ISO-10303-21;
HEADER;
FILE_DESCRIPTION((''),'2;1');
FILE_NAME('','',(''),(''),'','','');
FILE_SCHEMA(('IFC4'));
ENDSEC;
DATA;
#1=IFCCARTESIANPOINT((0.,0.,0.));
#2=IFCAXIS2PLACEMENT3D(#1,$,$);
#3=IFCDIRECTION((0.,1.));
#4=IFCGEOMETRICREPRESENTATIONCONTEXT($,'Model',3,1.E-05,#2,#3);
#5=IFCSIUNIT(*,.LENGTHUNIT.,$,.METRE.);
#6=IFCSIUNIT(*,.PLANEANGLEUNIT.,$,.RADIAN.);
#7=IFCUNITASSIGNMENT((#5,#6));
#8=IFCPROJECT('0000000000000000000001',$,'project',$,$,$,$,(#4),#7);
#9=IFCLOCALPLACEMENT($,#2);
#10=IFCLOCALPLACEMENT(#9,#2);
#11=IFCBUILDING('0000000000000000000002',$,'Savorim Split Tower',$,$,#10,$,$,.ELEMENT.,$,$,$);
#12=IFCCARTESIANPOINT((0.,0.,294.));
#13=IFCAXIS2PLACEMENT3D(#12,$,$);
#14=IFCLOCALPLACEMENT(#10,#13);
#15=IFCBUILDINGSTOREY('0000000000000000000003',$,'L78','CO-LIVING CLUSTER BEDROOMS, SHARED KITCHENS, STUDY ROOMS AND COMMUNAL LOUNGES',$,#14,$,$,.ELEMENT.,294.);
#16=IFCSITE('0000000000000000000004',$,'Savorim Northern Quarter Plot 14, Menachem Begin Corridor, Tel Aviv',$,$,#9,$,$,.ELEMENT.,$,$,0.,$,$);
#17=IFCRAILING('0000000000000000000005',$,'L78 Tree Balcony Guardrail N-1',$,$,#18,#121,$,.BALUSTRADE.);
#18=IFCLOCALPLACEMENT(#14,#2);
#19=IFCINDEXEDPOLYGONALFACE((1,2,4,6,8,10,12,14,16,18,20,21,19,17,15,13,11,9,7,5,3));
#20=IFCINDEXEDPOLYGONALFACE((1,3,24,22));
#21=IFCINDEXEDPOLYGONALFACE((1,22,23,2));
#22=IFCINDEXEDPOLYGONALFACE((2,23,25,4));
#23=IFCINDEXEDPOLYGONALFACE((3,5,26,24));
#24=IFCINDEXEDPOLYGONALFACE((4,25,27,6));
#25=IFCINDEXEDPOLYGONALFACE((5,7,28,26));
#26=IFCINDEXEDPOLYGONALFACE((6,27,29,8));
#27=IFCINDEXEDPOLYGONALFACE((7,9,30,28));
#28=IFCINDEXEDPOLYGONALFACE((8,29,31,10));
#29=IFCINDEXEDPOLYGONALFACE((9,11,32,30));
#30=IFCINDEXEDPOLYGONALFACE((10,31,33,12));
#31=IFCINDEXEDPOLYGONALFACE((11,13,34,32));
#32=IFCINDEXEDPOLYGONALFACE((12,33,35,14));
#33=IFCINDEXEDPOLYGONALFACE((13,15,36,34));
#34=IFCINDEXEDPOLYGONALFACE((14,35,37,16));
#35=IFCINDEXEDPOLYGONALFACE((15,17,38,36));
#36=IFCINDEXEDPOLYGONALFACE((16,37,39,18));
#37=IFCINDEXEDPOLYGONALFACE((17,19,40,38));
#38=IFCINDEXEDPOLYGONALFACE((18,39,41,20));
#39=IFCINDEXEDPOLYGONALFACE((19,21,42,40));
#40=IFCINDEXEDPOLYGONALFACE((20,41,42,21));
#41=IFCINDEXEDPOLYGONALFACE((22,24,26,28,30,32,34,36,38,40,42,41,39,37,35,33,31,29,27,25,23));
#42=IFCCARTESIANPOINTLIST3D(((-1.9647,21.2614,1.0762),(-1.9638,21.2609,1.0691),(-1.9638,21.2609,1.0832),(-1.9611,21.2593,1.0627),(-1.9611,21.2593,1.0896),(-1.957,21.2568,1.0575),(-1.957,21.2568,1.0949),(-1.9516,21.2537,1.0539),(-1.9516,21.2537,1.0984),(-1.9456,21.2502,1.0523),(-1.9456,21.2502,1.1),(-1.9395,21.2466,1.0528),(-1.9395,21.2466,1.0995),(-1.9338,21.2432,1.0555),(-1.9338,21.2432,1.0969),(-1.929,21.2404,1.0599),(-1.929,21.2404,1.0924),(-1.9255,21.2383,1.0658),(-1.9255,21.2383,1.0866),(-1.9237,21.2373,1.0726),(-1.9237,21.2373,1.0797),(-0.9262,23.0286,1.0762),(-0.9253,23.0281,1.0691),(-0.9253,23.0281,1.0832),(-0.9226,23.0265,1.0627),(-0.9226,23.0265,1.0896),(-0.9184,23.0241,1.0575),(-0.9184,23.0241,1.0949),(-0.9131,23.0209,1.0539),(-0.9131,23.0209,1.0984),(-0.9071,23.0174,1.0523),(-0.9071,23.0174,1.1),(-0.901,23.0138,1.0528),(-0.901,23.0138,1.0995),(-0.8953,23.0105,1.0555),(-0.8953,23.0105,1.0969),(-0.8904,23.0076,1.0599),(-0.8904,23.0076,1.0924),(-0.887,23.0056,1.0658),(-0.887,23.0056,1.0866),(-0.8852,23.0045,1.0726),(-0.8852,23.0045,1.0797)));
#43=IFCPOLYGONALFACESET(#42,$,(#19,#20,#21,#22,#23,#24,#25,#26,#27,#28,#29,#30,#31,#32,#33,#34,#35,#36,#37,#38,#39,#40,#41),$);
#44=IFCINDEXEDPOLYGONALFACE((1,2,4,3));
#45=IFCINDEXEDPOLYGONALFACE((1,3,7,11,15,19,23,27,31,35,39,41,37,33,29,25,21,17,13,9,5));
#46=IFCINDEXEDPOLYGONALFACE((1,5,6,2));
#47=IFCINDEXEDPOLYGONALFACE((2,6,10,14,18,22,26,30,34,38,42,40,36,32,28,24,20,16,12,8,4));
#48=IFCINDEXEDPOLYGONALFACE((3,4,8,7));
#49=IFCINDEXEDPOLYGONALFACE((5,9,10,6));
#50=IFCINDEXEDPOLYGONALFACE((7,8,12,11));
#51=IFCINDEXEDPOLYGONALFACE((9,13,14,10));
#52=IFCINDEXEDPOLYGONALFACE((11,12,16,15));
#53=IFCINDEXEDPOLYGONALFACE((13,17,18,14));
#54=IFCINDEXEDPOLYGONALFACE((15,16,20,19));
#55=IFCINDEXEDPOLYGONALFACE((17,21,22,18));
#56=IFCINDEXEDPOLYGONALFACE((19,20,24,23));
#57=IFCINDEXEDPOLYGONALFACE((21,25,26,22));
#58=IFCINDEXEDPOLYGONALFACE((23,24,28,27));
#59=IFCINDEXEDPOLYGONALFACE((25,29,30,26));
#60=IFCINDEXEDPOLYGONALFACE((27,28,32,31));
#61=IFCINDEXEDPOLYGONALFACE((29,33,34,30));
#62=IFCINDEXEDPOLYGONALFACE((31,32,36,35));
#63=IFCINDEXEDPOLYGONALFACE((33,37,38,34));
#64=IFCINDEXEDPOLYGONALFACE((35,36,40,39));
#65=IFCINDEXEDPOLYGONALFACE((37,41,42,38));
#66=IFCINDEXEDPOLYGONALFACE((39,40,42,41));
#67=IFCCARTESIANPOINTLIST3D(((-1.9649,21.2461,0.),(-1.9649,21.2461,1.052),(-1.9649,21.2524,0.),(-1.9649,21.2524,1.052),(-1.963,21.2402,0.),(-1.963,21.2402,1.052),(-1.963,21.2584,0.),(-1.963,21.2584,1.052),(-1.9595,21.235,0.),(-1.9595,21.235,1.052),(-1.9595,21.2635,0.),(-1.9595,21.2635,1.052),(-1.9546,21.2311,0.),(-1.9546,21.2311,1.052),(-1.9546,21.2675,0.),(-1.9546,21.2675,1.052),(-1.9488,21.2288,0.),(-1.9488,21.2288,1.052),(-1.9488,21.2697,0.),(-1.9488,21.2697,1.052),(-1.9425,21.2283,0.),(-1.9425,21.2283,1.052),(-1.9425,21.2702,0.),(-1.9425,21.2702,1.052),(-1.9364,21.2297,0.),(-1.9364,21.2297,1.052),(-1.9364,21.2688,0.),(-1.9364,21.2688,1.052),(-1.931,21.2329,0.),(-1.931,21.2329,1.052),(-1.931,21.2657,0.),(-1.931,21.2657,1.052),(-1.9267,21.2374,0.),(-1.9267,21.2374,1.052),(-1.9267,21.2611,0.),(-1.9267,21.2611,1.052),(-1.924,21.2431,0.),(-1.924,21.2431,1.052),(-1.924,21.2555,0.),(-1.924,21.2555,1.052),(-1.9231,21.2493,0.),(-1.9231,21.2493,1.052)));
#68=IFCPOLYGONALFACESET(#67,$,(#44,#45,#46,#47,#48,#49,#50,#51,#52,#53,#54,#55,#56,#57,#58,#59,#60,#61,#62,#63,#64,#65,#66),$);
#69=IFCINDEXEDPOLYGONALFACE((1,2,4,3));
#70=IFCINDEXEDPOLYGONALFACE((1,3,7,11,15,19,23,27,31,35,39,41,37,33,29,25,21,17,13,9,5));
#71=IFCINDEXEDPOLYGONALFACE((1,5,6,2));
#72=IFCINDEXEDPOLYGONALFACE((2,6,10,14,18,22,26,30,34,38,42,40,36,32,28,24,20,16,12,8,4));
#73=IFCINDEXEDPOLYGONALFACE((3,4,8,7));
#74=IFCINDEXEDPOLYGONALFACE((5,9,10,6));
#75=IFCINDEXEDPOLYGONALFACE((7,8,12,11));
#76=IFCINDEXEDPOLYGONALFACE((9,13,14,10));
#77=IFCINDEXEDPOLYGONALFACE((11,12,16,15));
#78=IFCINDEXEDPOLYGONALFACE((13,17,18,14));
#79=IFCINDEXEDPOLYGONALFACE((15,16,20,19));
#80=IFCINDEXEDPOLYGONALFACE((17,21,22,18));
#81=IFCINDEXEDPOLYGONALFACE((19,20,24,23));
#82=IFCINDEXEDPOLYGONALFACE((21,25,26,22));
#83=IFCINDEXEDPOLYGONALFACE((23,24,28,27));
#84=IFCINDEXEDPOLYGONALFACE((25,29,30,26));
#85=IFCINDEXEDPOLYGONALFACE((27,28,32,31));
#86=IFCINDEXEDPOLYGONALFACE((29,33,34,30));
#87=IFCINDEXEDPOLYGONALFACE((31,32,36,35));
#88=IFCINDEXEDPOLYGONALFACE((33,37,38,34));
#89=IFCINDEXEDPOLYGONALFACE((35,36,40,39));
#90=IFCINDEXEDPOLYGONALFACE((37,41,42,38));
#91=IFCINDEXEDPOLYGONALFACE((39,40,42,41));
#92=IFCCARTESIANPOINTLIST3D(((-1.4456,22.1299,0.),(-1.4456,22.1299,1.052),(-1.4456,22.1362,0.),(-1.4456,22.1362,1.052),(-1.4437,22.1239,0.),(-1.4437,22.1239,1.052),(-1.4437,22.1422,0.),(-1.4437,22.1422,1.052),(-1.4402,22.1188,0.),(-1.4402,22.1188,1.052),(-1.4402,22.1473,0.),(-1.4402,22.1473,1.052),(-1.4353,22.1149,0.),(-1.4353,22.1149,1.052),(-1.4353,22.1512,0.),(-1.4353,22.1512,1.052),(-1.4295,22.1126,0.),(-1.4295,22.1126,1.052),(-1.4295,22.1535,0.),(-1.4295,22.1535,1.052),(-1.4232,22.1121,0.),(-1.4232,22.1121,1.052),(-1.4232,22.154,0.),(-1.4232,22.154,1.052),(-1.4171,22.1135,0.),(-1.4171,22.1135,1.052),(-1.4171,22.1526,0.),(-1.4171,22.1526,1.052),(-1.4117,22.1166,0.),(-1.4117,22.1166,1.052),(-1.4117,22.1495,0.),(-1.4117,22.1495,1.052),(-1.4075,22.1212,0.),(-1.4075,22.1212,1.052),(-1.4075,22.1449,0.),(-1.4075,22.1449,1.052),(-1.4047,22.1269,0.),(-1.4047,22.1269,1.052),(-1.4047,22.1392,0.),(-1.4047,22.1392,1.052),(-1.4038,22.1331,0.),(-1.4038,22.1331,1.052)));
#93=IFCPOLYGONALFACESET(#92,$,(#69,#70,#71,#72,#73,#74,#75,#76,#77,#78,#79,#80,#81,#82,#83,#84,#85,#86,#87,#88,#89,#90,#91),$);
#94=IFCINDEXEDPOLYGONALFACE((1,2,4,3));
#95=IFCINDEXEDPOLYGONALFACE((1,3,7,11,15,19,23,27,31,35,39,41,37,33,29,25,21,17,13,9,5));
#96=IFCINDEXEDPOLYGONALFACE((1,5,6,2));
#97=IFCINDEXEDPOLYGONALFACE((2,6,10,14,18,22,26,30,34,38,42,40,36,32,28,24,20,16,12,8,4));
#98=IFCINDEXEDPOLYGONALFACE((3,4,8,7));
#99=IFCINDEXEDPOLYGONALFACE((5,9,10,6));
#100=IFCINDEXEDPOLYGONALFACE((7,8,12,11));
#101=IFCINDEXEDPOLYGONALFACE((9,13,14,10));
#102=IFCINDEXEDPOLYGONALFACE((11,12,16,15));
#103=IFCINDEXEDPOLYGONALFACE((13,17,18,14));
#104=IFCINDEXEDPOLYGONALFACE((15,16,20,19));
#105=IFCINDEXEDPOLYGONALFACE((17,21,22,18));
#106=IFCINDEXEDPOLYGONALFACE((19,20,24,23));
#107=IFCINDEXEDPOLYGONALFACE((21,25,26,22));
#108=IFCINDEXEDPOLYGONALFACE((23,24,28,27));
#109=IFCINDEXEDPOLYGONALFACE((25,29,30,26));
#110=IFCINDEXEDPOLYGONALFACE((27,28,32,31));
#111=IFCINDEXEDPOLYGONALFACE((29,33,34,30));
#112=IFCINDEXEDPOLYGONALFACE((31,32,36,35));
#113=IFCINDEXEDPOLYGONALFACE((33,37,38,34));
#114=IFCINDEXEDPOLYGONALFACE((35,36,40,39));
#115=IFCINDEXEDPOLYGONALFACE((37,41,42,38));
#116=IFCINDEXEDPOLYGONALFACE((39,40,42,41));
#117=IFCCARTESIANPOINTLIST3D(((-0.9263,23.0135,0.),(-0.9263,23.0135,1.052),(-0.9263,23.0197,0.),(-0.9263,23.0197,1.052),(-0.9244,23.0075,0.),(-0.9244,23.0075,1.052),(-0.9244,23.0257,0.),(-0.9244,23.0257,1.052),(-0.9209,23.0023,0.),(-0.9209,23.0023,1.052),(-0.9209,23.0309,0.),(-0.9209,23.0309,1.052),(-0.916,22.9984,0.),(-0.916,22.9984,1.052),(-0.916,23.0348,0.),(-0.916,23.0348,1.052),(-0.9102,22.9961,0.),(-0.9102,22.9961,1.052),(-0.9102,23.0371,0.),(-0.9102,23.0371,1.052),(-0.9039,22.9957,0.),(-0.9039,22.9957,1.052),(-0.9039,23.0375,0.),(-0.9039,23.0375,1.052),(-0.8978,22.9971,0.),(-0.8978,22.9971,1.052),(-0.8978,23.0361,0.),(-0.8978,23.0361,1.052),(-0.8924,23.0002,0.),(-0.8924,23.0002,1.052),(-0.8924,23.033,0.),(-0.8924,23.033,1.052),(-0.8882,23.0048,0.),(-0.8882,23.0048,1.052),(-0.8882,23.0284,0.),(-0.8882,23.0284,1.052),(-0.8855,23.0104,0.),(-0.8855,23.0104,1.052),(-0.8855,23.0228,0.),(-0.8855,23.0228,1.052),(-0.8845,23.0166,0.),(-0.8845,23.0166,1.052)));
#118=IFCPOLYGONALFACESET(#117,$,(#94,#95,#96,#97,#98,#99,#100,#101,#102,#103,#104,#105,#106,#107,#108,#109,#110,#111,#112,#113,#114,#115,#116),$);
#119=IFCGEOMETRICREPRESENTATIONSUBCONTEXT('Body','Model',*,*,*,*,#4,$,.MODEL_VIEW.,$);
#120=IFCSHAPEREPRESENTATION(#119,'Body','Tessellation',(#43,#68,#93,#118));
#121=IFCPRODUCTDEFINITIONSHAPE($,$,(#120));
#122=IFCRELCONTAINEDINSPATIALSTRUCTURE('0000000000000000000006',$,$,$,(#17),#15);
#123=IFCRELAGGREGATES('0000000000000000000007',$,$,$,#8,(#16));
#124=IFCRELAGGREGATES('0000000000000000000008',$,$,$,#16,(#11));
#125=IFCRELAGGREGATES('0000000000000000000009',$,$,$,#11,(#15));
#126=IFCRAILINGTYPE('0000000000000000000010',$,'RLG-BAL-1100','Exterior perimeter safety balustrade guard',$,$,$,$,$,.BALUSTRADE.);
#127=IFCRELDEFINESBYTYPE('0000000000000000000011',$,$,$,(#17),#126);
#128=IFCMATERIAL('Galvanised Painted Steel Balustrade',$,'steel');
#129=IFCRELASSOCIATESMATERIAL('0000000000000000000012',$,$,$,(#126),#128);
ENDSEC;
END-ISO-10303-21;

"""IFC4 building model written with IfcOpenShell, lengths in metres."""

from ifc_helpers import new_model, si_unit, direction, frame, origin, origin_2d, place, context, subcontext, project, spatial, circle, extrude, material, type_object, element, save


model = new_model("IFC4")

# Units and contexts
model_context = context("Model", 3, precision=1e-05, world=origin(), true_north=direction((0.0, 1.0)))
body_context = subcontext(model_context, "Body", "Model", "MODEL_VIEW")
ifc_project = project(units=[si_unit("LENGTHUNIT", "METRE"), si_unit("PLANEANGLEUNIT", "RADIAN")], contexts=[model_context])

# Site, building, storey
site_placement = place(None, origin())
site = spatial("IfcSite", under=ifc_project, at=site_placement, Name="Savorim Northern Quarter Plot 14, Menachem Begin Corridor, Tel Aviv", CompositionType="ELEMENT", RefElevation=0.0)
building_placement = place(site_placement, origin())
building = spatial("IfcBuilding", under=site, at=building_placement, Name="Savorim Split Tower", CompositionType="ELEMENT")
storey_placement = place(building_placement, frame((0.0, 0.0, 294.0)))
storey = spatial("IfcBuildingStorey", under=building, at=storey_placement, Name="L78", Description="CO-LIVING CLUSTER BEDROOMS, SHARED KITCHENS, STUDY ROOMS AND COMMUNAL LOUNGES", CompositionType="ELEMENT", Elevation=294.0)

# Railing
ifc_material_1 = material(Name="Galvanised Painted Steel Balustrade", Category="steel")
railing_type = type_object("IfcRailingType", Name="RLG-BAL-1100", Description="Exterior perimeter safety balustrade guard", PredefinedType="BALUSTRADE", material=ifc_material_1)
railing_1_placement = place(storey_placement, frame((-1.9441, 21.2493, 0.0)))
element("IfcRailing", 1, at=railing_1_placement, inside=storey, type_object=railing_type, Name="L78 Tree Balcony Guardrail N-1", PredefinedType="BALUSTRADE", context=body_context, shape_type="SweptSolid", body=[
    extrude(circle(Radius=0.0239, at=origin_2d()), frame((0.0, 0.0, 1.0762), z_axis=(0.506645, 0.862155, 0.0), x_axis=(-0.862155, 0.506645, 0.0)), (0.0, 0.0, 1.0), 2.0498),
    extrude(circle(Radius=0.021, at=origin_2d()), origin(), (0.0, 0.0, 1.0), 1.052),
    extrude(circle(Radius=0.021, at=origin_2d()), frame((0.5193, 0.8838, 0.0)), (0.0, 0.0, 1.0), 1.052),
    extrude(circle(Radius=0.021, at=origin_2d()), frame((1.0386, 1.7673, 0.0)), (0.0, 0.0, 1.0), 1.052),
])

save(model, "model.ifc")
